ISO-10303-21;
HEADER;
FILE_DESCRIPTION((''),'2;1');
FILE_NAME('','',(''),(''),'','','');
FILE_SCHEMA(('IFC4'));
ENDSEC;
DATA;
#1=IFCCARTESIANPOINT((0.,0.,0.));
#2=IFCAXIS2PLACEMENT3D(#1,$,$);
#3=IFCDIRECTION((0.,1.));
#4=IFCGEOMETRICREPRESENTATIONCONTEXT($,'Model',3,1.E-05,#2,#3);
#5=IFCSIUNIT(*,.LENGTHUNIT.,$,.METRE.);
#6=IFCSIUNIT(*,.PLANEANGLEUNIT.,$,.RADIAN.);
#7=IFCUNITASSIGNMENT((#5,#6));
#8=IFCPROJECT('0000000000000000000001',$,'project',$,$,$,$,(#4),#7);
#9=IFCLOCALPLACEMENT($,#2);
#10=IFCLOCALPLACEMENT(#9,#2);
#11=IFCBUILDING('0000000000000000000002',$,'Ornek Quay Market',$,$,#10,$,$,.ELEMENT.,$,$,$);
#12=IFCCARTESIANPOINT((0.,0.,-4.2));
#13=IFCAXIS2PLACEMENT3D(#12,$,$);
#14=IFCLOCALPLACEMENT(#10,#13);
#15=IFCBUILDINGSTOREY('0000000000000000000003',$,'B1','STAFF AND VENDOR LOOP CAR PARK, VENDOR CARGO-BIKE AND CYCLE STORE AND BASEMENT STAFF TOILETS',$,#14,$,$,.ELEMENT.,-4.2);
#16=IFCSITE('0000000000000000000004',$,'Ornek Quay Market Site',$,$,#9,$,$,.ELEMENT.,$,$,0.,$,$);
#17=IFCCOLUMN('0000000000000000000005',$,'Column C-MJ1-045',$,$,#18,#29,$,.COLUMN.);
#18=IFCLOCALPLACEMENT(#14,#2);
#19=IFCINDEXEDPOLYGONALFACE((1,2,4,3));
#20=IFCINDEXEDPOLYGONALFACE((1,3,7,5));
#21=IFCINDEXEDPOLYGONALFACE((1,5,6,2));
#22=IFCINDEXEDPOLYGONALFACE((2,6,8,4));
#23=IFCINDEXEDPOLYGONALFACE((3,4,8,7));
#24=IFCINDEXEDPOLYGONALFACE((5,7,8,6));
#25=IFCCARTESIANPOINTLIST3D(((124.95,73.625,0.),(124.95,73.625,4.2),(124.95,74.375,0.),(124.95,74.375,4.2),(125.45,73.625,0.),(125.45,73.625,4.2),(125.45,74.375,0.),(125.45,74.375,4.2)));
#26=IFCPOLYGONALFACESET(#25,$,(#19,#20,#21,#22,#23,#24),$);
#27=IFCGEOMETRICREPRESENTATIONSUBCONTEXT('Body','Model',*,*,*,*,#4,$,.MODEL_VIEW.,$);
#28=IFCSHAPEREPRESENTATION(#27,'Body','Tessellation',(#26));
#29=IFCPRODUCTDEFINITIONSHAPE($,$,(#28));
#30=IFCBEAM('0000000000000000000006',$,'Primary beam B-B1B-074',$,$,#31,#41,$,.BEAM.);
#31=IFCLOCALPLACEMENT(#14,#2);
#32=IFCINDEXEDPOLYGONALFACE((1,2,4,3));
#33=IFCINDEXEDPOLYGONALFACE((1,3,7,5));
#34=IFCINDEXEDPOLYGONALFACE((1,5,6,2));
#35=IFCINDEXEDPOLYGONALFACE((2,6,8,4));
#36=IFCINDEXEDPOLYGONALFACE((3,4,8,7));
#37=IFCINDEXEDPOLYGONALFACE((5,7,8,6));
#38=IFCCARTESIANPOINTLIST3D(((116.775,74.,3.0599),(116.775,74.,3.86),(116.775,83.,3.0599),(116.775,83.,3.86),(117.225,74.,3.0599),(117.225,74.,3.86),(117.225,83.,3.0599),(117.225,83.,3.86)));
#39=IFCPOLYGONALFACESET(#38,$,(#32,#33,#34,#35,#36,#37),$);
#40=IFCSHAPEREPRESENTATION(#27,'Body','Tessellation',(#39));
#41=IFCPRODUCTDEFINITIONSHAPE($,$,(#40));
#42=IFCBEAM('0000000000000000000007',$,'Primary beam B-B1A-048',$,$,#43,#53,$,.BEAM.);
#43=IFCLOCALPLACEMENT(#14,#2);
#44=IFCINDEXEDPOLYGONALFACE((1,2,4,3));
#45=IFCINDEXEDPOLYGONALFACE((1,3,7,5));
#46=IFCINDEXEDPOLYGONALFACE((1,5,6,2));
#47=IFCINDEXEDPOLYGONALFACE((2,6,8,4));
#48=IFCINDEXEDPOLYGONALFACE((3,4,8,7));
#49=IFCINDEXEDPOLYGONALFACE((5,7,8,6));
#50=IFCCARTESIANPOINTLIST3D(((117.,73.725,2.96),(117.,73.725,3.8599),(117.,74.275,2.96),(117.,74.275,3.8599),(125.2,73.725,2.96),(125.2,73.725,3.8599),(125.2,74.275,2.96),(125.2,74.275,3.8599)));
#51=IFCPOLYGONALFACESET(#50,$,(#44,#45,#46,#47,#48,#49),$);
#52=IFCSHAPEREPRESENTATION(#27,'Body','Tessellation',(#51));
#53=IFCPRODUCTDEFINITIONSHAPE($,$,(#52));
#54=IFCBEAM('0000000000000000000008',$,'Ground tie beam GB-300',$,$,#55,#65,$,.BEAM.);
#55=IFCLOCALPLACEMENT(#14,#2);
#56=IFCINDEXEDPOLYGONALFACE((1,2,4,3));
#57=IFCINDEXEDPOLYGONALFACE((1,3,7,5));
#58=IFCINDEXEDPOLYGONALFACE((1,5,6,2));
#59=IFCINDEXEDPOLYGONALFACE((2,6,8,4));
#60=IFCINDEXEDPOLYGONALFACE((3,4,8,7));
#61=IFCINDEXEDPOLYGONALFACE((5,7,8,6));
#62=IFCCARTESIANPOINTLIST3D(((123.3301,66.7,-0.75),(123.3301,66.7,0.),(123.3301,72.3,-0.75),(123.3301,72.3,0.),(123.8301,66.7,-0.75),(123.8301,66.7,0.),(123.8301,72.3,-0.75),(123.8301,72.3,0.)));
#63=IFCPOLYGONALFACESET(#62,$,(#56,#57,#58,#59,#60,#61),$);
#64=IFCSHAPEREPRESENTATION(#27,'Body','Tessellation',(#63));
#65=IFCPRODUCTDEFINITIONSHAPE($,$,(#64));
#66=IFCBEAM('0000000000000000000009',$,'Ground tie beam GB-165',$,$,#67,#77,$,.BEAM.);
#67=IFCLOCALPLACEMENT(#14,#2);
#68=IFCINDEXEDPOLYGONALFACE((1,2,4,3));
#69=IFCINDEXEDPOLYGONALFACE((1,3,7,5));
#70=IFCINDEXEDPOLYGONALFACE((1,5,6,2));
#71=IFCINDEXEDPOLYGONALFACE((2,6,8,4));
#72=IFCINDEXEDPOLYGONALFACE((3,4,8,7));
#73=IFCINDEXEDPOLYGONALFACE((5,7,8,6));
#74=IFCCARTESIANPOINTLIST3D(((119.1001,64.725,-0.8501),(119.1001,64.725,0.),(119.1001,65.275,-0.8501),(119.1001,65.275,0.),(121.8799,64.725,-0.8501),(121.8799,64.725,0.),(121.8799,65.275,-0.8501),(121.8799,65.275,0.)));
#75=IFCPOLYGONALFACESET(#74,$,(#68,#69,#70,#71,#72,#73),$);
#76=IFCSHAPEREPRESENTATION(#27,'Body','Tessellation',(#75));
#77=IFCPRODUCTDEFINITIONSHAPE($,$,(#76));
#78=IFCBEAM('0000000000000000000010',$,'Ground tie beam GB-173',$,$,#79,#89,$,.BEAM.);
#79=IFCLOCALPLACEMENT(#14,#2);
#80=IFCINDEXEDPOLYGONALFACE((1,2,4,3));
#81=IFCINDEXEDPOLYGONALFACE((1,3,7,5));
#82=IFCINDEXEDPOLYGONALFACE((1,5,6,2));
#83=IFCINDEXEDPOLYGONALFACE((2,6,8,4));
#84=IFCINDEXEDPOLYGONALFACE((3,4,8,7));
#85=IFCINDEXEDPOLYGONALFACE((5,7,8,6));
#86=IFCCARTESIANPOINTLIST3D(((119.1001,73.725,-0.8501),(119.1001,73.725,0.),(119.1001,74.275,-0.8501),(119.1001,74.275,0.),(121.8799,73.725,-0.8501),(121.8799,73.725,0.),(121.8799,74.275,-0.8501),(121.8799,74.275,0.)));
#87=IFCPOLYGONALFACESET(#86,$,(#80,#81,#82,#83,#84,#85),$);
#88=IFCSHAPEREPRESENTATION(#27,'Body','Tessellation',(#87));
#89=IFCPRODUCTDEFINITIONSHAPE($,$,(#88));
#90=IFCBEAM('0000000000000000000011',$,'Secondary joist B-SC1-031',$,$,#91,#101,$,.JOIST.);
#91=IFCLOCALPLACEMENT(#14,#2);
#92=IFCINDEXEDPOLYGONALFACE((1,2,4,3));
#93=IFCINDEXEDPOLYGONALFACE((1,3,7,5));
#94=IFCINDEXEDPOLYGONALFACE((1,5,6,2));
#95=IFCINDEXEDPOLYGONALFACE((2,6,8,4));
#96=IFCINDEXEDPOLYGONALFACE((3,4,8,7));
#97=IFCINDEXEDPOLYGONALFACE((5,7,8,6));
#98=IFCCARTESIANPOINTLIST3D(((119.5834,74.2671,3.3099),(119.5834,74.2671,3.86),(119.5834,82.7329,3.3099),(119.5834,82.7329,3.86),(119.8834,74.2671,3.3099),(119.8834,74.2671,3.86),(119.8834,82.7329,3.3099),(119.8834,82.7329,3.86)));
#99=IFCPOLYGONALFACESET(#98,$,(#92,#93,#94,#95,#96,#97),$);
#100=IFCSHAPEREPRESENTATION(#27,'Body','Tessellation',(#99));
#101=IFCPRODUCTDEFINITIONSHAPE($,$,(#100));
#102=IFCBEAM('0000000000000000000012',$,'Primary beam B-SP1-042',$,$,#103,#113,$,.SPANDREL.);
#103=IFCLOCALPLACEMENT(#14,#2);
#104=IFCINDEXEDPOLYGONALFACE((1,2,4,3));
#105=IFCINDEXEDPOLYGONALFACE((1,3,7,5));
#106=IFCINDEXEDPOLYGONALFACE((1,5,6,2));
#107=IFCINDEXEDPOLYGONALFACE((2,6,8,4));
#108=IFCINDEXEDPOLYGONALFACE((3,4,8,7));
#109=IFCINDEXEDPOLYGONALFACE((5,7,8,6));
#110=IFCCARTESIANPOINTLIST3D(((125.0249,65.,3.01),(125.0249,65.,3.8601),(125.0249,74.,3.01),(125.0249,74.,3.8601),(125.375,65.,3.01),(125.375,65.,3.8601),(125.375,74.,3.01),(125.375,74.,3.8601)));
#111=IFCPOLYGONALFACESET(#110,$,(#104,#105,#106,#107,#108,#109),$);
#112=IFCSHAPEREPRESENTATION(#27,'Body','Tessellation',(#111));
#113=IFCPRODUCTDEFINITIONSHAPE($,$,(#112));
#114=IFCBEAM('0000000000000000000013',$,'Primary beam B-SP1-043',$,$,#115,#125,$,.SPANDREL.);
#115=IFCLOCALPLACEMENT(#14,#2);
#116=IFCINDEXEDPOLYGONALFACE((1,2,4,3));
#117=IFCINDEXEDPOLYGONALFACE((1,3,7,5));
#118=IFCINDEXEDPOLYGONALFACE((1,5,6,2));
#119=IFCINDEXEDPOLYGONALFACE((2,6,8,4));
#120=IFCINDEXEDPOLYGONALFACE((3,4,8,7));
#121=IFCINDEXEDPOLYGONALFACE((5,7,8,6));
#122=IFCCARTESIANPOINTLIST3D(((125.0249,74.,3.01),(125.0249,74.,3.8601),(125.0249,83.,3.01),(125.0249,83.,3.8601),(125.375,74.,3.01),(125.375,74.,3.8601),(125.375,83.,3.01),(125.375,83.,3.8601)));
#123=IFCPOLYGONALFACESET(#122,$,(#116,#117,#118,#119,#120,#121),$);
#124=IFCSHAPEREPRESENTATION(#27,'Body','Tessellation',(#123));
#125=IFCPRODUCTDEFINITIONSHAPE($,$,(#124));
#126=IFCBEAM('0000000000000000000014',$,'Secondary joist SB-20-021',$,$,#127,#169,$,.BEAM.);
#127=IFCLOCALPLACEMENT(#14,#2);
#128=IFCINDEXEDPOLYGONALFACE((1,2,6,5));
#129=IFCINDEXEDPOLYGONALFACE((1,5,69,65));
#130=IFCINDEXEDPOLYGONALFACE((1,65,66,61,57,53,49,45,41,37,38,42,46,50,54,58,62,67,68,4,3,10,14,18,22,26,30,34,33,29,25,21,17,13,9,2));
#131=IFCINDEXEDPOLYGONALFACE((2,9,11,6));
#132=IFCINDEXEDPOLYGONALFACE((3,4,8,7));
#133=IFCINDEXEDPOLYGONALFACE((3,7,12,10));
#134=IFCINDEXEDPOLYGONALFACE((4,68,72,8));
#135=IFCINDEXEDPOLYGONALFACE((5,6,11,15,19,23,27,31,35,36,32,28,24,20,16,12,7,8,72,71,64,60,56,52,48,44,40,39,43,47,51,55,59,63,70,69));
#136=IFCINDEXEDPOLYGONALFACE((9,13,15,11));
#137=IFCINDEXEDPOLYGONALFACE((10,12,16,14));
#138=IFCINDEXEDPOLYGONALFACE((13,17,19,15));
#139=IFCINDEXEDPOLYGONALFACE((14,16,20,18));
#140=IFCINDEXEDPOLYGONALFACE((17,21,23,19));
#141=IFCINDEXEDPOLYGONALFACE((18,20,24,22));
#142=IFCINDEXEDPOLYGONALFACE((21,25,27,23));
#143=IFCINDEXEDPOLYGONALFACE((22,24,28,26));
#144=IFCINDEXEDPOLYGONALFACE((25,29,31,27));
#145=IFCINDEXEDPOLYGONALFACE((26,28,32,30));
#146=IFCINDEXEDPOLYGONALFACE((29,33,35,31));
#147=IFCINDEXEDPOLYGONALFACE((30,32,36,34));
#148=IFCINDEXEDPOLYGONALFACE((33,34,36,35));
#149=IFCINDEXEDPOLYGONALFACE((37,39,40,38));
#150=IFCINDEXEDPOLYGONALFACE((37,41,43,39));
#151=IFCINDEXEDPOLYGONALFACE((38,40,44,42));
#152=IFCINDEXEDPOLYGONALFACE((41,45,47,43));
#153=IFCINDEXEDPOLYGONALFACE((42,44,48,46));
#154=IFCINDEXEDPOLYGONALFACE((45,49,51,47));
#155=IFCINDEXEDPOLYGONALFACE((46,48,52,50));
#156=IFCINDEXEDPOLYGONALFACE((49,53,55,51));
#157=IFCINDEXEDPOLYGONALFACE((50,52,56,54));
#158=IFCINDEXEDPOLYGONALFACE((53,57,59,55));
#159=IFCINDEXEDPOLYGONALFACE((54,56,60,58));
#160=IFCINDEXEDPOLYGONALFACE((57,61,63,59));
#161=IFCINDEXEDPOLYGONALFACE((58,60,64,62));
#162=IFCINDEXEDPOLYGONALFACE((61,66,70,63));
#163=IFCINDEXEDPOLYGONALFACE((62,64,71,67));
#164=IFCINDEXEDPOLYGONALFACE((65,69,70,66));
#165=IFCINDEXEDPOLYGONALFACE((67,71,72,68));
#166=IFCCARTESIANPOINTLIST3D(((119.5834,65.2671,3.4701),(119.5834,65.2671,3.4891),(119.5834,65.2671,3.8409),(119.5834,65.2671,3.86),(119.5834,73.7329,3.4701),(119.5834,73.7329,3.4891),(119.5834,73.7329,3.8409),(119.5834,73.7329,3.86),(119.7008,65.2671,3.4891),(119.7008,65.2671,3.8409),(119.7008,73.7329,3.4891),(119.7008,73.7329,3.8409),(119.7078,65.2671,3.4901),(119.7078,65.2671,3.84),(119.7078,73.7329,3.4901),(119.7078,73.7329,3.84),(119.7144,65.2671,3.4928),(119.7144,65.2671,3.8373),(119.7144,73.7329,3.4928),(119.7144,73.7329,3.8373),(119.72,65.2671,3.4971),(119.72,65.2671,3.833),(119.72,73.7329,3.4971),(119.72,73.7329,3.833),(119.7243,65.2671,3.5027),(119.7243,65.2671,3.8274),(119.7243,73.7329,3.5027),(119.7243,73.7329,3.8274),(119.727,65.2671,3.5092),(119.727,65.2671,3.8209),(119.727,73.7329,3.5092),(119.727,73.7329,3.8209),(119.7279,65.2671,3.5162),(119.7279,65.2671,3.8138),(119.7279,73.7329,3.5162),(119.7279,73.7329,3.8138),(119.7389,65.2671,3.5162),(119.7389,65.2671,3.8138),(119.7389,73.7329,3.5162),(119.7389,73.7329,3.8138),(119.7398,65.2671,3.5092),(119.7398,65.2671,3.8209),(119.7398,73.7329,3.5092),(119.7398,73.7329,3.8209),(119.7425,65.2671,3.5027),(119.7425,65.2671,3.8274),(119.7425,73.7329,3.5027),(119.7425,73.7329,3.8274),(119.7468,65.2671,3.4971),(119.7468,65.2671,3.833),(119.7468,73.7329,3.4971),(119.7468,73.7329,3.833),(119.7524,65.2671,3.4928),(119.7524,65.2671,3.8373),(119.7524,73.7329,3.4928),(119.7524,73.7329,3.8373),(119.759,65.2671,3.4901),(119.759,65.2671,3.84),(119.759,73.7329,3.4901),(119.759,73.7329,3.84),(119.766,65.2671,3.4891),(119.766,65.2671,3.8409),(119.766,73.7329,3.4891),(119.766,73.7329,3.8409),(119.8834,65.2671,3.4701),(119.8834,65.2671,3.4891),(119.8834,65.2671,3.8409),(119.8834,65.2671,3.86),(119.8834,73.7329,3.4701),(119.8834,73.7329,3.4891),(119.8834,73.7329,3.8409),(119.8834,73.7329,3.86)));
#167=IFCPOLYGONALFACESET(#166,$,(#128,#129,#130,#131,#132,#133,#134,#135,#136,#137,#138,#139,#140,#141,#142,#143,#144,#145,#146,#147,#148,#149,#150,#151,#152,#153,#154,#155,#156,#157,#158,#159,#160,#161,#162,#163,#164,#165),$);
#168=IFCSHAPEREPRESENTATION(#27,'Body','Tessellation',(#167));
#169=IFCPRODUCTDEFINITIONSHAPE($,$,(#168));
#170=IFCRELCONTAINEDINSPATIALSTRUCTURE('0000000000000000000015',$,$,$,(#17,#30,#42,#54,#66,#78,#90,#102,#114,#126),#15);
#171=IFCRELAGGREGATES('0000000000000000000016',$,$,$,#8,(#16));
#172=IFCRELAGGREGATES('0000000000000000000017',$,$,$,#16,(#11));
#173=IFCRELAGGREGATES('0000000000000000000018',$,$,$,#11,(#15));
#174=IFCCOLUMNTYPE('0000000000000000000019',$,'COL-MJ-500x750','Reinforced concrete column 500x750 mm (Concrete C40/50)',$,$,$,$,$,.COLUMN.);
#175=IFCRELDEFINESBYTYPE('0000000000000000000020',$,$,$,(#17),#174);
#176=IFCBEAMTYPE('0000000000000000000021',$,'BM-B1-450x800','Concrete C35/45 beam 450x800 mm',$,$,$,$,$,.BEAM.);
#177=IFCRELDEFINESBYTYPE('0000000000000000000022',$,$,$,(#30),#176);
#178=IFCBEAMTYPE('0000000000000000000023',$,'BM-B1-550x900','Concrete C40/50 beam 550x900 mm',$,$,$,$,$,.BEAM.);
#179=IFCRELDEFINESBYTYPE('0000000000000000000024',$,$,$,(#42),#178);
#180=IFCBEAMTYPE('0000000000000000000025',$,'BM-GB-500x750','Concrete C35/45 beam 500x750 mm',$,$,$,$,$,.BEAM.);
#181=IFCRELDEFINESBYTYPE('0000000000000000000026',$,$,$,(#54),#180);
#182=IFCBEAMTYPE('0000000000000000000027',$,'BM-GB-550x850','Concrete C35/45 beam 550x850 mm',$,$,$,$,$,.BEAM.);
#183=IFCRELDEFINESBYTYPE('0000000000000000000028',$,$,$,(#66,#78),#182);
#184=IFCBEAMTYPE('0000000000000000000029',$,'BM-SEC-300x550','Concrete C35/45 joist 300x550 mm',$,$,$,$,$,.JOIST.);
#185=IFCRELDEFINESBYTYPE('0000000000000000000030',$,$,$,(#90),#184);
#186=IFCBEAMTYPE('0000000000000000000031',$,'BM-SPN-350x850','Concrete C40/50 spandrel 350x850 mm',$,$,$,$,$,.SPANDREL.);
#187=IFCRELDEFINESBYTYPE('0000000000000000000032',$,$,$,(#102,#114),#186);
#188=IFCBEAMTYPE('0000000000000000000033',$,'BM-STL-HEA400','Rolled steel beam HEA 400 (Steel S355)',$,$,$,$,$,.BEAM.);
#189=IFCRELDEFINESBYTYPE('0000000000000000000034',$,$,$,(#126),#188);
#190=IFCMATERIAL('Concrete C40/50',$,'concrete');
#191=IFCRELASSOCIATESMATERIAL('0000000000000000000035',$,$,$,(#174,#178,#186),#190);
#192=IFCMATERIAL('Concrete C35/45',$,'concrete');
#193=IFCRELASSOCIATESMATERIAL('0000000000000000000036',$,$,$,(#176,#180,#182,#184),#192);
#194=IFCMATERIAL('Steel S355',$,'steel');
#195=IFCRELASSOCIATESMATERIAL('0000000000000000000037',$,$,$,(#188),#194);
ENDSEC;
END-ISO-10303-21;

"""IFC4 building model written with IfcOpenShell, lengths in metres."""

from ifc_helpers import new_model, si_unit, direction, frame, origin, origin_2d, place, context, subcontext, project, spatial, rectangle, i_section, extrude, material, material_profile, profile_set, type_object, element, save


model = new_model("IFC4")

# Units and contexts
model_context = context("Model", 3, precision=1e-05, world=origin(), true_north=direction((0.0, 1.0)))
body_context = subcontext(model_context, "Body", "Model", "MODEL_VIEW")
ifc_project = project(units=[si_unit("LENGTHUNIT", "METRE"), si_unit("PLANEANGLEUNIT", "RADIAN")], contexts=[model_context])

# Site, building, storey
site_placement = place(None, origin())
site = spatial("IfcSite", under=ifc_project, at=site_placement, Name="Ornek Quay Market Site", CompositionType="ELEMENT", RefElevation=0.0)
building_placement = place(site_placement, origin())
building = spatial("IfcBuilding", under=site, at=building_placement, Name="Ornek Quay Market", CompositionType="ELEMENT")
storey_placement = place(building_placement, frame((0.0, 0.0, -4.2)))
storey = spatial("IfcBuildingStorey", under=building, at=storey_placement, Name="B1", Description="STAFF AND VENDOR LOOP CAR PARK, VENDOR CARGO-BIKE AND CYCLE STORE AND BASEMENT STAFF TOILETS", CompositionType="ELEMENT", Elevation=-4.2)

# Shared definitions
ifc_material_1 = material(Name="Concrete C35/45", Category="concrete")

# Column
ifc_material_2 = material(Name="Concrete C40/50", Category="concrete")
ifc_material_profile_1 = material_profile(ifc_material_2, rectangle(XDim=0.5, YDim=0.75, at=origin_2d()), Name="RC 500x750", Category="concrete")
ifc_profile_set_1 = profile_set([ifc_material_profile_1], Name="Concrete C40/50")
column_type_1 = type_object("IfcColumnType", Name="COL-MJ-500x750", Description="Reinforced concrete column 500x750 mm (Concrete C40/50)", PredefinedType="COLUMN", material=ifc_profile_set_1)
for number, where, z_axis, x_axis, name in (
    (1, (125.2, 74.0, 0.0), (0.0, 0.0, 1.0), (1.0, 0.0, 0.0), "Column C-MJ1-045"),
):
    element("IfcColumn", number, at=place(storey_placement, frame(where, z_axis=z_axis, x_axis=x_axis)), inside=storey, type_object=column_type_1, Name=name, PredefinedType="COLUMN", context=body_context, shape_type="SweptSolid", body=[
        extrude(rectangle(XDim=0.5, YDim=0.75, at=origin_2d()), origin(), (0.0, 0.0, 1.0), 4.2),
    ])

# Beams
ifc_material_profile_2 = material_profile(ifc_material_1, rectangle(XDim=0.45, YDim=0.8, at=origin_2d()), Name="RC 450x800", Category="concrete")
ifc_profile_set_2 = profile_set([ifc_material_profile_2], Name="Concrete C35/45")
beam_type_1 = type_object("IfcBeamType", Name="BM-B1-450x800", Description="Concrete C35/45 beam 450x800 mm", PredefinedType="BEAM", material=ifc_profile_set_2)
beam_1_placement = place(storey_placement, frame((117.0, 74.0, 3.46), z_axis=(0.0, 1.0, 0.0), x_axis=(-1.0, 0.0, 0.0)))
element("IfcBeam", 2, at=beam_1_placement, inside=storey, type_object=beam_type_1, Name="Primary beam B-B1B-074", PredefinedType="BEAM", context=body_context, shape_type="SweptSolid", body=[
    extrude(rectangle(XDim=0.45, YDim=0.8, at=origin_2d()), origin(), (0.0, 0.0, 1.0), 9.0),
])
ifc_material_profile_3 = material_profile(ifc_material_2, rectangle(XDim=0.55, YDim=0.8999, at=origin_2d()), Name="RC 550x900", Category="concrete")
ifc_profile_set_3 = profile_set([ifc_material_profile_3], Name="Concrete C40/50")
beam_type_2 = type_object("IfcBeamType", Name="BM-B1-550x900", Description="Concrete C40/50 beam 550x900 mm", PredefinedType="BEAM", material=ifc_profile_set_3)
beam_2_placement = place(storey_placement, frame((117.0, 74.0, 3.4099), z_axis=(1.0, 0.0, 0.0), x_axis=(0.0, 1.0, 0.0)))
element("IfcBeam", 3, at=beam_2_placement, inside=storey, type_object=beam_type_2, Name="Primary beam B-B1A-048", PredefinedType="BEAM", context=body_context, shape_type="SweptSolid", body=[
    extrude(rectangle(XDim=0.55, YDim=0.8999, at=origin_2d()), origin(), (0.0, 0.0, 1.0), 8.2),
])
ifc_material_profile_4 = material_profile(ifc_material_1, rectangle(XDim=0.5, YDim=0.75, at=origin_2d()), Name="RC 500x750", Category="concrete")
ifc_profile_set_4 = profile_set([ifc_material_profile_4], Name="Concrete C35/45")
beam_type_3 = type_object("IfcBeamType", Name="BM-GB-500x750", Description="Concrete C35/45 beam 500x750 mm", PredefinedType="BEAM", material=ifc_profile_set_4)
beam_3_placement = place(storey_placement, frame((123.5801, 66.7, -0.375), z_axis=(0.0, 1.0, 0.0), x_axis=(-1.0, 0.0, 0.0)))
element("IfcBeam", 4, at=beam_3_placement, inside=storey, type_object=beam_type_3, Name="Ground tie beam GB-300", PredefinedType="BEAM", context=body_context, shape_type="SweptSolid", body=[
    extrude(rectangle(XDim=0.5, YDim=0.75, at=origin_2d()), origin(), (0.0, 0.0, 1.0), 5.6001),
])
ifc_material_profile_5 = material_profile(ifc_material_1, rectangle(XDim=0.55, YDim=0.8501, at=origin_2d()), Name="RC 550x850", Category="concrete")
ifc_profile_set_5 = profile_set([ifc_material_profile_5], Name="Concrete C35/45")
beam_type_4 = type_object("IfcBeamType", Name="BM-GB-550x850", Description="Concrete C35/45 beam 550x850 mm", PredefinedType="BEAM", material=ifc_profile_set_5)
for number, where, z_axis, x_axis, name in (
    (5, (119.1001, 65.0, -0.425), (1.0, 0.0, 0.0), (0.0, 1.0, 0.0), "Ground tie beam GB-165"),
    (6, (119.1001, 74.0, -0.425), (1.0, 0.0, 0.0), (0.0, 1.0, 0.0), "Ground tie beam GB-173"),
):
    element("IfcBeam", number, at=place(storey_placement, frame(where, z_axis=z_axis, x_axis=x_axis)), inside=storey, type_object=beam_type_4, Name=name, PredefinedType="BEAM", context=body_context, shape_type="SweptSolid", body=[
        extrude(rectangle(XDim=0.55, YDim=0.8501, at=origin_2d()), origin(), (0.0, 0.0, 1.0), 2.7798),
    ])
ifc_material_profile_6 = material_profile(ifc_material_1, rectangle(XDim=0.3, YDim=0.55, at=origin_2d()), Name="RC 300x550", Category="concrete")
ifc_profile_set_6 = profile_set([ifc_material_profile_6], Name="Concrete C35/45")
beam_type_5 = type_object("IfcBeamType", Name="BM-SEC-300x550", Description="Concrete C35/45 joist 300x550 mm", PredefinedType="JOIST", material=ifc_profile_set_6)
beam_4_placement = place(storey_placement, frame((119.7334, 74.2671, 3.585), z_axis=(0.0, 1.0, 0.0), x_axis=(-1.0, 0.0, 0.0)))
element("IfcBeam", 7, at=beam_4_placement, inside=storey, type_object=beam_type_5, Name="Secondary joist B-SC1-031", PredefinedType="JOIST", context=body_context, shape_type="SweptSolid", body=[
    extrude(rectangle(XDim=0.3, YDim=0.55, at=origin_2d()), origin(), (0.0, 0.0, 1.0), 8.4658),
])
ifc_material_profile_7 = material_profile(ifc_material_2, rectangle(XDim=0.3501, YDim=0.8501, at=origin_2d()), Name="RC 350x850", Category="concrete")
ifc_profile_set_7 = profile_set([ifc_material_profile_7], Name="Concrete C40/50")
beam_type_6 = type_object("IfcBeamType", Name="BM-SPN-350x850", Description="Concrete C40/50 spandrel 350x850 mm", PredefinedType="SPANDREL", material=ifc_profile_set_7)
for number, where, z_axis, x_axis, name in (
    (8, (125.2, 65.0, 3.4351), (0.0, 1.0, 0.0), (-1.0, 0.0, 0.0), "Primary beam B-SP1-042"),
    (9, (125.2, 74.0, 3.4351), (0.0, 1.0, 0.0), (-1.0, 0.0, 0.0), "Primary beam B-SP1-043"),
):
    element("IfcBeam", number, at=place(storey_placement, frame(where, z_axis=z_axis, x_axis=x_axis)), inside=storey, type_object=beam_type_6, Name=name, PredefinedType="SPANDREL", context=body_context, shape_type="SweptSolid", body=[
        extrude(rectangle(XDim=0.3501, YDim=0.8501, at=origin_2d()), origin(), (0.0, 0.0, 1.0), 9.0),
    ])
ifc_material_3 = material(Name="Steel S355", Category="steel")
ifc_material_profile_8 = material_profile(ifc_material_3, i_section(OverallWidth=0.3, OverallDepth=0.3899, WebThickness=0.011, FlangeThickness=0.019, FilletRadius=0.0271, at=origin_2d()), Name="HEA 400", Category="steel")
ifc_profile_set_8 = profile_set([ifc_material_profile_8], Name="Steel S355")
beam_type_7 = type_object("IfcBeamType", Name="BM-STL-HEA400", Description="Rolled steel beam HEA 400 (Steel S355)", PredefinedType="BEAM", material=ifc_profile_set_8)
for number, where, z_axis, x_axis, name in (
    (10, (119.7334, 65.2671, 3.665), (0.0, 1.0, 0.0), (-1.0, 0.0, 0.0), "Secondary joist SB-20-021"),
):
    element("IfcBeam", number, at=place(storey_placement, frame(where, z_axis=z_axis, x_axis=x_axis)), inside=storey, type_object=beam_type_7, Name=name, PredefinedType="BEAM", context=body_context, shape_type="SweptSolid", body=[
        extrude(i_section(OverallWidth=0.3, OverallDepth=0.3899, WebThickness=0.011, FlangeThickness=0.019, FilletRadius=0.0271, at=origin_2d()), origin(), (0.0, 0.0, 1.0), 8.4658),
    ])

save(model, "model.ifc")
